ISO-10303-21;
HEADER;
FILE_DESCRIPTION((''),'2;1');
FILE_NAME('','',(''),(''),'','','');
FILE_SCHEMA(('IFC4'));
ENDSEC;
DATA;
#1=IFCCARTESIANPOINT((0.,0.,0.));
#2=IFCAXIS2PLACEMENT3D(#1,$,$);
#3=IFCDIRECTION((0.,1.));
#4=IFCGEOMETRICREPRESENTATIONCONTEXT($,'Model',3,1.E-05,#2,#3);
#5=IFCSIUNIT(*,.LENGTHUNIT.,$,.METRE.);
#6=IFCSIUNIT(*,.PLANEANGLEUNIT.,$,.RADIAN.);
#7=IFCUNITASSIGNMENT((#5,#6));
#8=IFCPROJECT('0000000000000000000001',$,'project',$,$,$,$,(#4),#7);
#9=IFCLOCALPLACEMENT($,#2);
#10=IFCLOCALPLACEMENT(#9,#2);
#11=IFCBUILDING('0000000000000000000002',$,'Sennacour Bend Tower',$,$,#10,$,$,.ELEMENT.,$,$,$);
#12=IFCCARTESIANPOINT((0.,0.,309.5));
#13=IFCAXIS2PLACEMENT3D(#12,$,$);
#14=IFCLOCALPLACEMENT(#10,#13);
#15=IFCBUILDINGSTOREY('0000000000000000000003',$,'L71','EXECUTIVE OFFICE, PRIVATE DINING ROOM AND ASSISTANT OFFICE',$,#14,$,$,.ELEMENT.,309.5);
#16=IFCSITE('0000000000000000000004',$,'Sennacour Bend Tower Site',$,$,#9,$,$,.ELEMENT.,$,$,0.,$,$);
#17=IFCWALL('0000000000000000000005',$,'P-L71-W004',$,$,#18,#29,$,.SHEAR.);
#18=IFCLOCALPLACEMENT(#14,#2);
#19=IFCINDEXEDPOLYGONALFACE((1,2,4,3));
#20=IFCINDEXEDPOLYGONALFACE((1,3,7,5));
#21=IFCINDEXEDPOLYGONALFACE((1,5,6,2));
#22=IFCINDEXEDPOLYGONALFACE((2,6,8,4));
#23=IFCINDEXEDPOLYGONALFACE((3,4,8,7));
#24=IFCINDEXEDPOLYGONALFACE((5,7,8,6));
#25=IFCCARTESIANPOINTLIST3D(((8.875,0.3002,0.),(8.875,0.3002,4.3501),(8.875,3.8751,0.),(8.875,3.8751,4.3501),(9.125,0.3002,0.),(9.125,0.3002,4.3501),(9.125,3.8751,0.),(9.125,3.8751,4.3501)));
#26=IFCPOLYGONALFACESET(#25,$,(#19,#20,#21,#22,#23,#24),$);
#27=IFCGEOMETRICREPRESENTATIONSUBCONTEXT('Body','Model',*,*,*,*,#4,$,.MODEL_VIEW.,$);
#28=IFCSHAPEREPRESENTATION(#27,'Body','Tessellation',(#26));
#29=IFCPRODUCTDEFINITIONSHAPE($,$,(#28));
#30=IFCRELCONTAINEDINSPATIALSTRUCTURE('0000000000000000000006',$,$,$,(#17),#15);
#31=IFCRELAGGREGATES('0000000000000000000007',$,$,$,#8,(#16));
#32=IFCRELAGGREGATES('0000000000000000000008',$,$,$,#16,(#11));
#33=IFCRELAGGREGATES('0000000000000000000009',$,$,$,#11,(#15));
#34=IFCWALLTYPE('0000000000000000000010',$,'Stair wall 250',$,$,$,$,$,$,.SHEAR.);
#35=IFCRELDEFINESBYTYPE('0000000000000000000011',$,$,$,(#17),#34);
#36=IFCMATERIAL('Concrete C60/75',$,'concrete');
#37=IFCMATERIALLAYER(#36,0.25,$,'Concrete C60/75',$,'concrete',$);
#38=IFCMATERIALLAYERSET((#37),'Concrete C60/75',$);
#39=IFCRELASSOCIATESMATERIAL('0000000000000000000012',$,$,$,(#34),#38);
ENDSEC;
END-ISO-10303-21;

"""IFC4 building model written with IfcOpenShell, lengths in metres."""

from ifc_helpers import new_model, si_unit, direction, frame, frame_2d, origin, place, context, subcontext, project, spatial, rectangle, extrude, material, layer, layer_set, type_object, element, save


model = new_model("IFC4")

# Units and contexts
model_context = context("Model", 3, precision=1e-05, world=origin(), true_north=direction((0.0, 1.0)))
body_context = subcontext(model_context, "Body", "Model", "MODEL_VIEW")
ifc_project = project(units=[si_unit("LENGTHUNIT", "METRE"), si_unit("PLANEANGLEUNIT", "RADIAN")], contexts=[model_context])

# Site, building, storey
site_placement = place(None, origin())
site = spatial("IfcSite", under=ifc_project, at=site_placement, Name="Sennacour Bend Tower Site", CompositionType="ELEMENT", RefElevation=0.0)
building_placement = place(site_placement, origin())
building = spatial("IfcBuilding", under=site, at=building_placement, Name="Sennacour Bend Tower", CompositionType="ELEMENT")
storey_placement = place(building_placement, frame((0.0, 0.0, 309.5)))
storey = spatial("IfcBuildingStorey", under=building, at=storey_placement, Name="L71", Description="EXECUTIVE OFFICE, PRIVATE DINING ROOM AND ASSISTANT OFFICE", CompositionType="ELEMENT", Elevation=309.5)

# Wall
ifc_material_1 = material(Name="Concrete C60/75", Category="concrete")
ifc_layer_1 = layer(ifc_material_1, 0.25, Name="Concrete C60/75", Category="concrete")
ifc_layer_set_1 = layer_set([ifc_layer_1], Name="Concrete C60/75")
wall_type = type_object("IfcWallType", Name="Stair wall 250", PredefinedType="SHEAR", material=ifc_layer_set_1)
wall_placement = place(storey_placement, frame((9.0, 0.3, 0.0), z_axis=(0.0, 0.0, 1.0), x_axis=(0.0, 1.0, 0.0)))
element("IfcWall", 1, at=wall_placement, inside=storey, type_object=wall_type, Name="P-L71-W004", PredefinedType="SHEAR", context=body_context, shape_type="SweptSolid", body=[
    extrude(rectangle(XDim=3.575, YDim=0.25, at=frame_2d((1.7876, 0.0))), origin(), (0.0, 0.0, 1.0), 4.3501),
])

save(model, "model.ifc")
